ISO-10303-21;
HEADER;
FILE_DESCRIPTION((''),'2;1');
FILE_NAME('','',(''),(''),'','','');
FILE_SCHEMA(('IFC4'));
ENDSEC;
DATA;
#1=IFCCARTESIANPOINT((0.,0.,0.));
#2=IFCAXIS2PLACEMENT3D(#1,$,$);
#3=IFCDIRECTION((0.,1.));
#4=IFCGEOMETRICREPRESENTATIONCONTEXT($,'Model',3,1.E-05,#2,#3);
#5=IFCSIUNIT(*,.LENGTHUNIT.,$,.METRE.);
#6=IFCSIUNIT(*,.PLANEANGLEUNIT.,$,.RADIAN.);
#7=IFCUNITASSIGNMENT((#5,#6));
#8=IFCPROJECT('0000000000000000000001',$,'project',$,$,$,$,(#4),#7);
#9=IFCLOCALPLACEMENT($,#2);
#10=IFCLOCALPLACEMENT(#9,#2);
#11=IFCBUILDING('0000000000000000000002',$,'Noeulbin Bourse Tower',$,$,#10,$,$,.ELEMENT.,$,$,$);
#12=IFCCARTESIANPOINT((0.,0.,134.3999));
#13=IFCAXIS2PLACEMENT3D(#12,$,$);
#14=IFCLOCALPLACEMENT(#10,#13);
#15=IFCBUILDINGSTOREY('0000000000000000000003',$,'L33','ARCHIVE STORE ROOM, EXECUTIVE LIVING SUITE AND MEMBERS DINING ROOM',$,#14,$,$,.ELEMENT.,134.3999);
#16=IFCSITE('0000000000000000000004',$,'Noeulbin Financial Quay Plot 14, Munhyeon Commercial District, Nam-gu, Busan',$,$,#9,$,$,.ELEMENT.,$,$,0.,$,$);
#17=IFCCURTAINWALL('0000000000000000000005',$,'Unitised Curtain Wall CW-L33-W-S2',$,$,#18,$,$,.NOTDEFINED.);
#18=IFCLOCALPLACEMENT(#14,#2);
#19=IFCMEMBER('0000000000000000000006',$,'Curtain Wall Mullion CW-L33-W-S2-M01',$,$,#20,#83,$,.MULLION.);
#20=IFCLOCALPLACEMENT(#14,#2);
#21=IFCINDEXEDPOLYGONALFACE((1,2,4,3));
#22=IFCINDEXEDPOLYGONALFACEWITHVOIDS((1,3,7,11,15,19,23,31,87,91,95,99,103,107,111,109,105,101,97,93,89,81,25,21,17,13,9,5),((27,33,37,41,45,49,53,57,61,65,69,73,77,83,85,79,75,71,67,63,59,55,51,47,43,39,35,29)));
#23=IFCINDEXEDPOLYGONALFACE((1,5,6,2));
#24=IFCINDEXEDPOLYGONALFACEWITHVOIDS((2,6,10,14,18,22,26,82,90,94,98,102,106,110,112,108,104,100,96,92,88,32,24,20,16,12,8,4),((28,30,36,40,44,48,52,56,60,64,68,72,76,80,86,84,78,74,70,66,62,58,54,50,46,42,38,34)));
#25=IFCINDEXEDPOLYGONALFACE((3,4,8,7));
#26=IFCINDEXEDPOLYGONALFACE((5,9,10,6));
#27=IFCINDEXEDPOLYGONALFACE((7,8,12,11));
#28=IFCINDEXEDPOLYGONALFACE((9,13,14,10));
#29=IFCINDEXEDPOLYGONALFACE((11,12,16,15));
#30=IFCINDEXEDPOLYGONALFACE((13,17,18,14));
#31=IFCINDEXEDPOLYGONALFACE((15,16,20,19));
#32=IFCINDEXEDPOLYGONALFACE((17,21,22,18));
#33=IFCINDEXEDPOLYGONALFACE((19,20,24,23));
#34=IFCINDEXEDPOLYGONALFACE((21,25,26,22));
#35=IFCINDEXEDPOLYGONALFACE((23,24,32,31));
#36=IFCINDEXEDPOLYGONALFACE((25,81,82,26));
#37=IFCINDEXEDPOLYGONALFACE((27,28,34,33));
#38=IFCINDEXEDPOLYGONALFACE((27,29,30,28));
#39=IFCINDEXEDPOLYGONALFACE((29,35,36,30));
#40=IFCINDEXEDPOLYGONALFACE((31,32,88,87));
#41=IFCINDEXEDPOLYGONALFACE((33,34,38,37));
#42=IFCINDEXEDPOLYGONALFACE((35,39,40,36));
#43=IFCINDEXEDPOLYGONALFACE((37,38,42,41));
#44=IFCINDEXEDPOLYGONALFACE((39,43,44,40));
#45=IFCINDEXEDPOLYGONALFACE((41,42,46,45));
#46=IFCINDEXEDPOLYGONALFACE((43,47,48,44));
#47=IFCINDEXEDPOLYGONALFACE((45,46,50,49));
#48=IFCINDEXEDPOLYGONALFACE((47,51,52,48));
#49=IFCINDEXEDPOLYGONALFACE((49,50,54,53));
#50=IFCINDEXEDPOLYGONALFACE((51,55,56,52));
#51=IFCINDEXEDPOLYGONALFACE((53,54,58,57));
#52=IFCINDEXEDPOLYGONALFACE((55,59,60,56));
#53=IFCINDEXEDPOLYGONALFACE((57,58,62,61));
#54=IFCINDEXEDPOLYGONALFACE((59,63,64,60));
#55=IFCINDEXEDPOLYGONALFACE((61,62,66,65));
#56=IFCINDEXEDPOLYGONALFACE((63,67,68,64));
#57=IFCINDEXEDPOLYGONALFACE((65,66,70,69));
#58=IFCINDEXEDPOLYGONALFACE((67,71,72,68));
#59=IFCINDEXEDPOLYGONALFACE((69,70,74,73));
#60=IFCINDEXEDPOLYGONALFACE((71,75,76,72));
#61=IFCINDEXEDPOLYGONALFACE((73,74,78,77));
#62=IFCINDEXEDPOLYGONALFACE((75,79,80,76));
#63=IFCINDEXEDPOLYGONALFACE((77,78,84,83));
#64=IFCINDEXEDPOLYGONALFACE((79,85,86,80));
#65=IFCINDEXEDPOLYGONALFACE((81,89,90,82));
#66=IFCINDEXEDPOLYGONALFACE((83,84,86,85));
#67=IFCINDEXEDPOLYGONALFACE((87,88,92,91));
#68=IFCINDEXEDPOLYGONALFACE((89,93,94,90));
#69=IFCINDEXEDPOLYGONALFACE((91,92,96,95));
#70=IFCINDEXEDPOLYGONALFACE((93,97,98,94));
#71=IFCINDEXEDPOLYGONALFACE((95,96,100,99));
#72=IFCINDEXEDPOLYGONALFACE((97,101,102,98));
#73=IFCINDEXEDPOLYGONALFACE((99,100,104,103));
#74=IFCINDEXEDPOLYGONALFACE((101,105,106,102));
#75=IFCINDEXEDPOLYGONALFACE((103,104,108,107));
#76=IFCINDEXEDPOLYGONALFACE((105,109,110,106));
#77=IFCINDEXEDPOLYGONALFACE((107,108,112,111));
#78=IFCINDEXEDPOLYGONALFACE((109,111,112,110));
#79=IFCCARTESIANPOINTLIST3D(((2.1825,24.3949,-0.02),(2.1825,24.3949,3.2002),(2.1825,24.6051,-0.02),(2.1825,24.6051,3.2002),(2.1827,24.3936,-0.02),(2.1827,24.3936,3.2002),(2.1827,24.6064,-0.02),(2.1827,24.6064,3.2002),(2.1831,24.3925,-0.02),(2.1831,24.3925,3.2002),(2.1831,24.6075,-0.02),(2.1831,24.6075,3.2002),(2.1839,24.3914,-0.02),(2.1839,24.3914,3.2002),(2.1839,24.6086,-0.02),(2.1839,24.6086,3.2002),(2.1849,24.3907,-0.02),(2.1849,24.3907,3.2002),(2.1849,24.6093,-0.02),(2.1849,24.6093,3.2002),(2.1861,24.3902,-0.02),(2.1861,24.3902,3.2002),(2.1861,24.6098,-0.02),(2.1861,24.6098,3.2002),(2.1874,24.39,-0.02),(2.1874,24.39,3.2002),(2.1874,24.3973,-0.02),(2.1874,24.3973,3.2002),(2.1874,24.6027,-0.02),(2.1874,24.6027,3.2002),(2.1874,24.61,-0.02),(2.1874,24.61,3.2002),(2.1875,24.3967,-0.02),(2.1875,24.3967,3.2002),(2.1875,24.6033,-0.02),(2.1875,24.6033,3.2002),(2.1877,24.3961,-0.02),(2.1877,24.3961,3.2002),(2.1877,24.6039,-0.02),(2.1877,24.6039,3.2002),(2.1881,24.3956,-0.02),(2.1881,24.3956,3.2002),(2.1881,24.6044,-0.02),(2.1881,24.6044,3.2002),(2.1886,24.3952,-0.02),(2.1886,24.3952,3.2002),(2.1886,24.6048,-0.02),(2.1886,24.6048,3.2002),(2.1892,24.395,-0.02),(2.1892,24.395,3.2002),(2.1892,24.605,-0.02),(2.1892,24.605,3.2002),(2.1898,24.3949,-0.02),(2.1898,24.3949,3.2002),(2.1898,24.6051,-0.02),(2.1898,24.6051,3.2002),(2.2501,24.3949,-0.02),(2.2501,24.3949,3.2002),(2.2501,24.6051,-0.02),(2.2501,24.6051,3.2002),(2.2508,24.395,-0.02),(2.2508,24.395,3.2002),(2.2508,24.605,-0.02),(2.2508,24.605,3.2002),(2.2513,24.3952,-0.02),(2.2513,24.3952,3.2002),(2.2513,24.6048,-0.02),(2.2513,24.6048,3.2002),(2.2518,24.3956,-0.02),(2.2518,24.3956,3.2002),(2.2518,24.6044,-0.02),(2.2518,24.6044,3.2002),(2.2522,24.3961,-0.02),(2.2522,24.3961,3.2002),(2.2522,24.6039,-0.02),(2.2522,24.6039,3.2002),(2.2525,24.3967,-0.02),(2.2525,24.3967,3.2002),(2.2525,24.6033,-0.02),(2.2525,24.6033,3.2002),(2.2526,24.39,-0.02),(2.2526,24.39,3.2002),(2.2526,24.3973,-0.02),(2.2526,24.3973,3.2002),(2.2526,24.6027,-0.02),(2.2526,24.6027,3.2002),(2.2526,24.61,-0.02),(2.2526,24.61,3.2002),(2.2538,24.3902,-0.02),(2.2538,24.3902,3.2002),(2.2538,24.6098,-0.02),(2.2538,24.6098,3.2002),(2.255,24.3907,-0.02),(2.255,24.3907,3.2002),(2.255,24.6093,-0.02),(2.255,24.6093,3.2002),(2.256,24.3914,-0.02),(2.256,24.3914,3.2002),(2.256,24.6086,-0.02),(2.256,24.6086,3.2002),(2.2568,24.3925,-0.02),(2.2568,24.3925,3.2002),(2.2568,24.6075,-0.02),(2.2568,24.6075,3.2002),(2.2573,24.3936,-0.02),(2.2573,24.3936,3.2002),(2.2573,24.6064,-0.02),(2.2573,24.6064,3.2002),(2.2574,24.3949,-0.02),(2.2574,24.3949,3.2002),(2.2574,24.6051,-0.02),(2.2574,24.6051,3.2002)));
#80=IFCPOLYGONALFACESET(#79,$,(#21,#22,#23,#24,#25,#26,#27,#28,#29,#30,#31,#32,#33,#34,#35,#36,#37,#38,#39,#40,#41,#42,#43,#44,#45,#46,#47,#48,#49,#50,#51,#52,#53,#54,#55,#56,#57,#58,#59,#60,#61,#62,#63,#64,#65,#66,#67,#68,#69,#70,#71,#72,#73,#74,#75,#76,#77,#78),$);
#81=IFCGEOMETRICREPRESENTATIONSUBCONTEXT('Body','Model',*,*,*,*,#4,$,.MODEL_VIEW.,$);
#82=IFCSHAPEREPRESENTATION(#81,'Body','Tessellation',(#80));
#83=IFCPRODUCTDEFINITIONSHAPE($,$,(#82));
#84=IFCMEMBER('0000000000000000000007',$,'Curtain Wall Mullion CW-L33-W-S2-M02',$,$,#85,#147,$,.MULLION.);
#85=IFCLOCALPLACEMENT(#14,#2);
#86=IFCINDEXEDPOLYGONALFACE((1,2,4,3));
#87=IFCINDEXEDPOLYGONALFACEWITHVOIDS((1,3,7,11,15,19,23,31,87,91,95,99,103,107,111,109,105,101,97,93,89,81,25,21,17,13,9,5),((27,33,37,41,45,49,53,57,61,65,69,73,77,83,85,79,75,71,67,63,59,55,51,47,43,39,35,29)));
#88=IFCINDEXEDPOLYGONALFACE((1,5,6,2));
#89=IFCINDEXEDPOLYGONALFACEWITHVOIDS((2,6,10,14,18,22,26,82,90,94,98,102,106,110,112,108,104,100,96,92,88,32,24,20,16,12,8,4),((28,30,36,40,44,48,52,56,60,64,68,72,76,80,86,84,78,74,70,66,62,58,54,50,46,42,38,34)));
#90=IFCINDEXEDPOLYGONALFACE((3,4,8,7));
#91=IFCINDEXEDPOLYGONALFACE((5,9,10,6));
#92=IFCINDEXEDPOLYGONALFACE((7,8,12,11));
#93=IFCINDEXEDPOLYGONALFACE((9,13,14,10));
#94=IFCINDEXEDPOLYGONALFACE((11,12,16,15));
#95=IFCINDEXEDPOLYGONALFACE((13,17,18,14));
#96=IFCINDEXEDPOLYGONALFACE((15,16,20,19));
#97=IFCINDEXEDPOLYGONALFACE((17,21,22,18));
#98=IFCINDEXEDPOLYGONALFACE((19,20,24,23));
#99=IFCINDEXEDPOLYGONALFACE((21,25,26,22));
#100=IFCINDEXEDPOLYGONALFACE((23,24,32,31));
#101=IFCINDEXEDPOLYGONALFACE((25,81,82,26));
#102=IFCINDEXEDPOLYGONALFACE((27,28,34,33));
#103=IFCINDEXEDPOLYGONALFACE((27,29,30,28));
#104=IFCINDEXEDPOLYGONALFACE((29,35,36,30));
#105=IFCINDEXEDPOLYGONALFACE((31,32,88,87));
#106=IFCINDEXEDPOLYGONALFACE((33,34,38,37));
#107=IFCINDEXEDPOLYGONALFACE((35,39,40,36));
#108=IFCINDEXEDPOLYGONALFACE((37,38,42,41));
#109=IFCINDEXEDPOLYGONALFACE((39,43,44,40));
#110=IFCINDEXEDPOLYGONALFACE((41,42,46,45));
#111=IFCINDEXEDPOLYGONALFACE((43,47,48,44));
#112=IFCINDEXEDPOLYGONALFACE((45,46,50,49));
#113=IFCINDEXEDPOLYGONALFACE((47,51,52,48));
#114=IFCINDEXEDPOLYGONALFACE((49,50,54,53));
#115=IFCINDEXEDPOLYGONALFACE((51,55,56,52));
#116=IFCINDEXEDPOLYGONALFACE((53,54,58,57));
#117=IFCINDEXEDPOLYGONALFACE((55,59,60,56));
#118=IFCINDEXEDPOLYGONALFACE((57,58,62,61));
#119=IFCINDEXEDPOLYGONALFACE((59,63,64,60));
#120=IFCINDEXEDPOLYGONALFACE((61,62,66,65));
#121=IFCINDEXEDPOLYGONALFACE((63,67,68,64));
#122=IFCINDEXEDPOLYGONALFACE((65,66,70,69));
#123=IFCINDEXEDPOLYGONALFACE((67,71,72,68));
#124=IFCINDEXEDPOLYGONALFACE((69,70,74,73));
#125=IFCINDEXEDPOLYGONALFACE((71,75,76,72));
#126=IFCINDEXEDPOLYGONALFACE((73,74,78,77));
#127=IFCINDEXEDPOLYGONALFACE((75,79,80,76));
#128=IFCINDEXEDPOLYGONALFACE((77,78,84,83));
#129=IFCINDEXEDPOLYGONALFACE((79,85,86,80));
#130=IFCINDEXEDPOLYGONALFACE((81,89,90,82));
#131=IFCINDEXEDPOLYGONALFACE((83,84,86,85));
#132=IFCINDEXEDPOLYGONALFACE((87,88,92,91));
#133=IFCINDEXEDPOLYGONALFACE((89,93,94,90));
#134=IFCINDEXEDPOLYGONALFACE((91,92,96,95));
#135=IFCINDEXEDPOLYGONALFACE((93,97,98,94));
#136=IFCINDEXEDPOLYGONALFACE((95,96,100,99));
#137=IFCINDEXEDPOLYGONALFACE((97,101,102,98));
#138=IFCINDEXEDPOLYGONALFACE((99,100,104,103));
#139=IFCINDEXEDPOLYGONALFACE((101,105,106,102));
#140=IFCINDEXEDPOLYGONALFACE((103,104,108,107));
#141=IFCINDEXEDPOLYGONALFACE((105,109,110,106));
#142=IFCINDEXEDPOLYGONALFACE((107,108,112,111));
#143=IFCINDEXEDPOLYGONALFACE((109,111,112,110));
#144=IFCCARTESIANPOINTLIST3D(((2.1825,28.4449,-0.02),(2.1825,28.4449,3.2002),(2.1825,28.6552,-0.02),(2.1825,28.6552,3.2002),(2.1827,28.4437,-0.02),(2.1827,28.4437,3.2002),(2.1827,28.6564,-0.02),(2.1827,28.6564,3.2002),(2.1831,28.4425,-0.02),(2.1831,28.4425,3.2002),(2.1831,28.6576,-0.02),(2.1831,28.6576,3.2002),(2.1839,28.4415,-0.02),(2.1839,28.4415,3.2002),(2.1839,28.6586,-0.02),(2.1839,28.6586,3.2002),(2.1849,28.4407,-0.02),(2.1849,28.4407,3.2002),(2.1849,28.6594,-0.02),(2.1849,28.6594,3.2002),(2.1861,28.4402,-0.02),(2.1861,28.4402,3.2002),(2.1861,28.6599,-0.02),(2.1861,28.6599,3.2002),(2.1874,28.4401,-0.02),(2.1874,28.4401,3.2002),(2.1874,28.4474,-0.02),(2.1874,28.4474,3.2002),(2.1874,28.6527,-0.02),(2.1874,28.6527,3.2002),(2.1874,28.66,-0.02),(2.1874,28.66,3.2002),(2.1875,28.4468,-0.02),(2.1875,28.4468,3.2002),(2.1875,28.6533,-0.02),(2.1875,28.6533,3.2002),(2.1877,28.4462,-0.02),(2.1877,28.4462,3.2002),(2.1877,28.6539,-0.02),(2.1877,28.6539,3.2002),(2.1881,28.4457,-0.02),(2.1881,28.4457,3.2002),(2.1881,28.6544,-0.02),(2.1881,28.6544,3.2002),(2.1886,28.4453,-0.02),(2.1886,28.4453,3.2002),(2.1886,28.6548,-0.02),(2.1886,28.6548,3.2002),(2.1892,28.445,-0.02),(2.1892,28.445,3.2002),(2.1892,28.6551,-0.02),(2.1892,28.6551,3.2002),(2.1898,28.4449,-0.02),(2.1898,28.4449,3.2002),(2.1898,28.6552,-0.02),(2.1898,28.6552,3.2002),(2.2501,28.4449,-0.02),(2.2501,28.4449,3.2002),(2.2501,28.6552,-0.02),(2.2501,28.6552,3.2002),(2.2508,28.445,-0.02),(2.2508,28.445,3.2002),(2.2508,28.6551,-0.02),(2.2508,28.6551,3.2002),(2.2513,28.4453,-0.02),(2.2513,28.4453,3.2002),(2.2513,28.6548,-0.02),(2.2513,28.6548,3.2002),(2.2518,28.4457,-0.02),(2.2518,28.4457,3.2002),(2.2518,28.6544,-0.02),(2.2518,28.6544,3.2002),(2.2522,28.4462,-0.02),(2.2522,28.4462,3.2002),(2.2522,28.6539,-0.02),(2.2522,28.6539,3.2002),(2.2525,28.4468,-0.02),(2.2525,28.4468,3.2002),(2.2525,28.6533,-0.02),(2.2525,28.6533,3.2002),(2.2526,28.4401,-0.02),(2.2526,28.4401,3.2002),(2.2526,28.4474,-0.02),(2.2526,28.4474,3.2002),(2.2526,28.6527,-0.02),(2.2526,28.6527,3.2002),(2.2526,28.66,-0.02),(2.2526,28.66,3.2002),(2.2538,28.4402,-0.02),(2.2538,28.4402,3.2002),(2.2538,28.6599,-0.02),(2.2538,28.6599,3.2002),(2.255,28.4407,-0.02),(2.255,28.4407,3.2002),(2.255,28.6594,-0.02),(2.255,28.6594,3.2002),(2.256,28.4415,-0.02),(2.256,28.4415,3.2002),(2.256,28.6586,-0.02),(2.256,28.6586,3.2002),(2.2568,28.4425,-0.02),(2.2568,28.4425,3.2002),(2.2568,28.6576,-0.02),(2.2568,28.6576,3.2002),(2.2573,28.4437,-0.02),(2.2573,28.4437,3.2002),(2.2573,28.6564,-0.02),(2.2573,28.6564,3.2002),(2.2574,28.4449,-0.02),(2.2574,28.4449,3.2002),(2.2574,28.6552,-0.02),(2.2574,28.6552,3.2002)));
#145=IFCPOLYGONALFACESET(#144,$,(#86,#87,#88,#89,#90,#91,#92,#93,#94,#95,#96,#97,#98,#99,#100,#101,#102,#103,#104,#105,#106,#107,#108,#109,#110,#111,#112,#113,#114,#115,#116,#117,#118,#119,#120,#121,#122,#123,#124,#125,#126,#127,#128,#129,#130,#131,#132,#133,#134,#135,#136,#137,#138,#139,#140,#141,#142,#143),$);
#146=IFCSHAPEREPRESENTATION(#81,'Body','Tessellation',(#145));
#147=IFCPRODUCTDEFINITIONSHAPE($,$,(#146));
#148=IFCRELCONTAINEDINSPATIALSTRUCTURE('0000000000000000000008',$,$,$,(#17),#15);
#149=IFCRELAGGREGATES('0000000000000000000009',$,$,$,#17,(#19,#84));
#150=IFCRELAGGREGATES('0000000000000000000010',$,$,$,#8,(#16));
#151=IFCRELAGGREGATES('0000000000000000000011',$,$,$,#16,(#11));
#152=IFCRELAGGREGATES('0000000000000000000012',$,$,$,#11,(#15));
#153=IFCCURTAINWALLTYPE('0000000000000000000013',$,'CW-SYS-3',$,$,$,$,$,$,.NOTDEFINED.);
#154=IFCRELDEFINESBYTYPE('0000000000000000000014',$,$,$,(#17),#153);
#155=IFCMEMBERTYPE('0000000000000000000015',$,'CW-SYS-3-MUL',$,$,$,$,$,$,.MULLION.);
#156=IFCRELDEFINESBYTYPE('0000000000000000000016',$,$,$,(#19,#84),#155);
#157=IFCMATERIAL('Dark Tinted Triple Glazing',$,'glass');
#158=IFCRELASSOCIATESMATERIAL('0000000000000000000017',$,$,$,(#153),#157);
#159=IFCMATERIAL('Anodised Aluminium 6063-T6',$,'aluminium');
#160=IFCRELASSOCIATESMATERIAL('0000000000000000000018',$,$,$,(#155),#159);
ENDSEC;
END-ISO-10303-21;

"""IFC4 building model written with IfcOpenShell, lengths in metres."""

from ifc_helpers import new_model, si_unit, direction, frame, origin, origin_2d, place, context, subcontext, project, spatial, hollow_rectangle, extrude, material, material_profile, profile_set, type_object, element, aggregate, save


model = new_model("IFC4")

# Units and contexts
model_context = context("Model", 3, precision=1e-05, world=origin(), true_north=direction((0.0, 1.0)))
body_context = subcontext(model_context, "Body", "Model", "MODEL_VIEW")
ifc_project = project(units=[si_unit("LENGTHUNIT", "METRE"), si_unit("PLANEANGLEUNIT", "RADIAN")], contexts=[model_context])

# Site, building, storey
site_placement = place(None, origin())
site = spatial("IfcSite", under=ifc_project, at=site_placement, Name="Noeulbin Financial Quay Plot 14, Munhyeon Commercial District, Nam-gu, Busan", CompositionType="ELEMENT", RefElevation=0.0)
building_placement = place(site_placement, origin())
building = spatial("IfcBuilding", under=site, at=building_placement, Name="Noeulbin Bourse Tower", CompositionType="ELEMENT")
storey_placement = place(building_placement, frame((0.0, 0.0, 134.3999)))
storey = spatial("IfcBuildingStorey", under=building, at=storey_placement, Name="L33", Description="ARCHIVE STORE ROOM, EXECUTIVE LIVING SUITE AND MEMBERS DINING ROOM", CompositionType="ELEMENT", Elevation=134.3999)

# Curtain wall, members
ifc_material_1 = material(Name="Dark Tinted Triple Glazing", Category="glass")
curtain_wall_type = type_object("IfcCurtainWallType", Name="CW-SYS-3", PredefinedType="NOTDEFINED", material=ifc_material_1)
curtain_wall_placement = place(storey_placement, origin())
curtain_wall = element("IfcCurtainWall", 1, at=curtain_wall_placement, inside=storey, type_object=curtain_wall_type, Name="Unitised Curtain Wall CW-L33-W-S2", PredefinedType="NOTDEFINED")
ifc_material_2 = material(Name="Anodised Aluminium 6063-T6", Category="aluminium")
ifc_material_profile_1 = material_profile(ifc_material_2, hollow_rectangle(XDim=0.075, YDim=0.22, WallThickness=0.0049, InnerFilletRadius=0.0024, OuterFilletRadius=0.0049, at=origin_2d()), Name="ALU-MULL-75x220x5", Category="LoadBearing")
ifc_profile_set_1 = profile_set([ifc_material_profile_1], Name="Anodised Aluminium 6063-T6")
member_type_1 = type_object("IfcMemberType", Name="CW-SYS-3-MUL", PredefinedType="MULLION", material=ifc_profile_set_1)
member_1_placement = place(storey_placement, frame((2.22, 24.5, -0.02), z_axis=(0.0, 0.0, 1.0), x_axis=(1.0, 0.0, 0.0)))
member_1 = element("IfcMember", 2, at=member_1_placement, type_object=member_type_1, Name="Curtain Wall Mullion CW-L33-W-S2-M01", PredefinedType="MULLION", context=body_context, shape_type="SweptSolid", body=[
    extrude(hollow_rectangle(XDim=0.075, YDim=0.22, WallThickness=0.0049, InnerFilletRadius=0.0024, OuterFilletRadius=0.0049, at=origin_2d()), origin(), (0.0, 0.0, 1.0), 3.2202),
])
member_2_placement = place(storey_placement, frame((2.22, 28.55, -0.02), z_axis=(0.0, 0.0, 1.0), x_axis=(1.0, 0.0, 0.0)))
member_2 = element("IfcMember", 3, at=member_2_placement, type_object=member_type_1, Name="Curtain Wall Mullion CW-L33-W-S2-M02", PredefinedType="MULLION", context=body_context, shape_type="SweptSolid", body=[
    extrude(hollow_rectangle(XDim=0.075, YDim=0.22, WallThickness=0.0049, InnerFilletRadius=0.0024, OuterFilletRadius=0.0049, at=origin_2d()), origin(), (0.0, 0.0, 1.0), 3.2202),
])
aggregate(curtain_wall, [member_1, member_2])

save(model, "model.ifc")
